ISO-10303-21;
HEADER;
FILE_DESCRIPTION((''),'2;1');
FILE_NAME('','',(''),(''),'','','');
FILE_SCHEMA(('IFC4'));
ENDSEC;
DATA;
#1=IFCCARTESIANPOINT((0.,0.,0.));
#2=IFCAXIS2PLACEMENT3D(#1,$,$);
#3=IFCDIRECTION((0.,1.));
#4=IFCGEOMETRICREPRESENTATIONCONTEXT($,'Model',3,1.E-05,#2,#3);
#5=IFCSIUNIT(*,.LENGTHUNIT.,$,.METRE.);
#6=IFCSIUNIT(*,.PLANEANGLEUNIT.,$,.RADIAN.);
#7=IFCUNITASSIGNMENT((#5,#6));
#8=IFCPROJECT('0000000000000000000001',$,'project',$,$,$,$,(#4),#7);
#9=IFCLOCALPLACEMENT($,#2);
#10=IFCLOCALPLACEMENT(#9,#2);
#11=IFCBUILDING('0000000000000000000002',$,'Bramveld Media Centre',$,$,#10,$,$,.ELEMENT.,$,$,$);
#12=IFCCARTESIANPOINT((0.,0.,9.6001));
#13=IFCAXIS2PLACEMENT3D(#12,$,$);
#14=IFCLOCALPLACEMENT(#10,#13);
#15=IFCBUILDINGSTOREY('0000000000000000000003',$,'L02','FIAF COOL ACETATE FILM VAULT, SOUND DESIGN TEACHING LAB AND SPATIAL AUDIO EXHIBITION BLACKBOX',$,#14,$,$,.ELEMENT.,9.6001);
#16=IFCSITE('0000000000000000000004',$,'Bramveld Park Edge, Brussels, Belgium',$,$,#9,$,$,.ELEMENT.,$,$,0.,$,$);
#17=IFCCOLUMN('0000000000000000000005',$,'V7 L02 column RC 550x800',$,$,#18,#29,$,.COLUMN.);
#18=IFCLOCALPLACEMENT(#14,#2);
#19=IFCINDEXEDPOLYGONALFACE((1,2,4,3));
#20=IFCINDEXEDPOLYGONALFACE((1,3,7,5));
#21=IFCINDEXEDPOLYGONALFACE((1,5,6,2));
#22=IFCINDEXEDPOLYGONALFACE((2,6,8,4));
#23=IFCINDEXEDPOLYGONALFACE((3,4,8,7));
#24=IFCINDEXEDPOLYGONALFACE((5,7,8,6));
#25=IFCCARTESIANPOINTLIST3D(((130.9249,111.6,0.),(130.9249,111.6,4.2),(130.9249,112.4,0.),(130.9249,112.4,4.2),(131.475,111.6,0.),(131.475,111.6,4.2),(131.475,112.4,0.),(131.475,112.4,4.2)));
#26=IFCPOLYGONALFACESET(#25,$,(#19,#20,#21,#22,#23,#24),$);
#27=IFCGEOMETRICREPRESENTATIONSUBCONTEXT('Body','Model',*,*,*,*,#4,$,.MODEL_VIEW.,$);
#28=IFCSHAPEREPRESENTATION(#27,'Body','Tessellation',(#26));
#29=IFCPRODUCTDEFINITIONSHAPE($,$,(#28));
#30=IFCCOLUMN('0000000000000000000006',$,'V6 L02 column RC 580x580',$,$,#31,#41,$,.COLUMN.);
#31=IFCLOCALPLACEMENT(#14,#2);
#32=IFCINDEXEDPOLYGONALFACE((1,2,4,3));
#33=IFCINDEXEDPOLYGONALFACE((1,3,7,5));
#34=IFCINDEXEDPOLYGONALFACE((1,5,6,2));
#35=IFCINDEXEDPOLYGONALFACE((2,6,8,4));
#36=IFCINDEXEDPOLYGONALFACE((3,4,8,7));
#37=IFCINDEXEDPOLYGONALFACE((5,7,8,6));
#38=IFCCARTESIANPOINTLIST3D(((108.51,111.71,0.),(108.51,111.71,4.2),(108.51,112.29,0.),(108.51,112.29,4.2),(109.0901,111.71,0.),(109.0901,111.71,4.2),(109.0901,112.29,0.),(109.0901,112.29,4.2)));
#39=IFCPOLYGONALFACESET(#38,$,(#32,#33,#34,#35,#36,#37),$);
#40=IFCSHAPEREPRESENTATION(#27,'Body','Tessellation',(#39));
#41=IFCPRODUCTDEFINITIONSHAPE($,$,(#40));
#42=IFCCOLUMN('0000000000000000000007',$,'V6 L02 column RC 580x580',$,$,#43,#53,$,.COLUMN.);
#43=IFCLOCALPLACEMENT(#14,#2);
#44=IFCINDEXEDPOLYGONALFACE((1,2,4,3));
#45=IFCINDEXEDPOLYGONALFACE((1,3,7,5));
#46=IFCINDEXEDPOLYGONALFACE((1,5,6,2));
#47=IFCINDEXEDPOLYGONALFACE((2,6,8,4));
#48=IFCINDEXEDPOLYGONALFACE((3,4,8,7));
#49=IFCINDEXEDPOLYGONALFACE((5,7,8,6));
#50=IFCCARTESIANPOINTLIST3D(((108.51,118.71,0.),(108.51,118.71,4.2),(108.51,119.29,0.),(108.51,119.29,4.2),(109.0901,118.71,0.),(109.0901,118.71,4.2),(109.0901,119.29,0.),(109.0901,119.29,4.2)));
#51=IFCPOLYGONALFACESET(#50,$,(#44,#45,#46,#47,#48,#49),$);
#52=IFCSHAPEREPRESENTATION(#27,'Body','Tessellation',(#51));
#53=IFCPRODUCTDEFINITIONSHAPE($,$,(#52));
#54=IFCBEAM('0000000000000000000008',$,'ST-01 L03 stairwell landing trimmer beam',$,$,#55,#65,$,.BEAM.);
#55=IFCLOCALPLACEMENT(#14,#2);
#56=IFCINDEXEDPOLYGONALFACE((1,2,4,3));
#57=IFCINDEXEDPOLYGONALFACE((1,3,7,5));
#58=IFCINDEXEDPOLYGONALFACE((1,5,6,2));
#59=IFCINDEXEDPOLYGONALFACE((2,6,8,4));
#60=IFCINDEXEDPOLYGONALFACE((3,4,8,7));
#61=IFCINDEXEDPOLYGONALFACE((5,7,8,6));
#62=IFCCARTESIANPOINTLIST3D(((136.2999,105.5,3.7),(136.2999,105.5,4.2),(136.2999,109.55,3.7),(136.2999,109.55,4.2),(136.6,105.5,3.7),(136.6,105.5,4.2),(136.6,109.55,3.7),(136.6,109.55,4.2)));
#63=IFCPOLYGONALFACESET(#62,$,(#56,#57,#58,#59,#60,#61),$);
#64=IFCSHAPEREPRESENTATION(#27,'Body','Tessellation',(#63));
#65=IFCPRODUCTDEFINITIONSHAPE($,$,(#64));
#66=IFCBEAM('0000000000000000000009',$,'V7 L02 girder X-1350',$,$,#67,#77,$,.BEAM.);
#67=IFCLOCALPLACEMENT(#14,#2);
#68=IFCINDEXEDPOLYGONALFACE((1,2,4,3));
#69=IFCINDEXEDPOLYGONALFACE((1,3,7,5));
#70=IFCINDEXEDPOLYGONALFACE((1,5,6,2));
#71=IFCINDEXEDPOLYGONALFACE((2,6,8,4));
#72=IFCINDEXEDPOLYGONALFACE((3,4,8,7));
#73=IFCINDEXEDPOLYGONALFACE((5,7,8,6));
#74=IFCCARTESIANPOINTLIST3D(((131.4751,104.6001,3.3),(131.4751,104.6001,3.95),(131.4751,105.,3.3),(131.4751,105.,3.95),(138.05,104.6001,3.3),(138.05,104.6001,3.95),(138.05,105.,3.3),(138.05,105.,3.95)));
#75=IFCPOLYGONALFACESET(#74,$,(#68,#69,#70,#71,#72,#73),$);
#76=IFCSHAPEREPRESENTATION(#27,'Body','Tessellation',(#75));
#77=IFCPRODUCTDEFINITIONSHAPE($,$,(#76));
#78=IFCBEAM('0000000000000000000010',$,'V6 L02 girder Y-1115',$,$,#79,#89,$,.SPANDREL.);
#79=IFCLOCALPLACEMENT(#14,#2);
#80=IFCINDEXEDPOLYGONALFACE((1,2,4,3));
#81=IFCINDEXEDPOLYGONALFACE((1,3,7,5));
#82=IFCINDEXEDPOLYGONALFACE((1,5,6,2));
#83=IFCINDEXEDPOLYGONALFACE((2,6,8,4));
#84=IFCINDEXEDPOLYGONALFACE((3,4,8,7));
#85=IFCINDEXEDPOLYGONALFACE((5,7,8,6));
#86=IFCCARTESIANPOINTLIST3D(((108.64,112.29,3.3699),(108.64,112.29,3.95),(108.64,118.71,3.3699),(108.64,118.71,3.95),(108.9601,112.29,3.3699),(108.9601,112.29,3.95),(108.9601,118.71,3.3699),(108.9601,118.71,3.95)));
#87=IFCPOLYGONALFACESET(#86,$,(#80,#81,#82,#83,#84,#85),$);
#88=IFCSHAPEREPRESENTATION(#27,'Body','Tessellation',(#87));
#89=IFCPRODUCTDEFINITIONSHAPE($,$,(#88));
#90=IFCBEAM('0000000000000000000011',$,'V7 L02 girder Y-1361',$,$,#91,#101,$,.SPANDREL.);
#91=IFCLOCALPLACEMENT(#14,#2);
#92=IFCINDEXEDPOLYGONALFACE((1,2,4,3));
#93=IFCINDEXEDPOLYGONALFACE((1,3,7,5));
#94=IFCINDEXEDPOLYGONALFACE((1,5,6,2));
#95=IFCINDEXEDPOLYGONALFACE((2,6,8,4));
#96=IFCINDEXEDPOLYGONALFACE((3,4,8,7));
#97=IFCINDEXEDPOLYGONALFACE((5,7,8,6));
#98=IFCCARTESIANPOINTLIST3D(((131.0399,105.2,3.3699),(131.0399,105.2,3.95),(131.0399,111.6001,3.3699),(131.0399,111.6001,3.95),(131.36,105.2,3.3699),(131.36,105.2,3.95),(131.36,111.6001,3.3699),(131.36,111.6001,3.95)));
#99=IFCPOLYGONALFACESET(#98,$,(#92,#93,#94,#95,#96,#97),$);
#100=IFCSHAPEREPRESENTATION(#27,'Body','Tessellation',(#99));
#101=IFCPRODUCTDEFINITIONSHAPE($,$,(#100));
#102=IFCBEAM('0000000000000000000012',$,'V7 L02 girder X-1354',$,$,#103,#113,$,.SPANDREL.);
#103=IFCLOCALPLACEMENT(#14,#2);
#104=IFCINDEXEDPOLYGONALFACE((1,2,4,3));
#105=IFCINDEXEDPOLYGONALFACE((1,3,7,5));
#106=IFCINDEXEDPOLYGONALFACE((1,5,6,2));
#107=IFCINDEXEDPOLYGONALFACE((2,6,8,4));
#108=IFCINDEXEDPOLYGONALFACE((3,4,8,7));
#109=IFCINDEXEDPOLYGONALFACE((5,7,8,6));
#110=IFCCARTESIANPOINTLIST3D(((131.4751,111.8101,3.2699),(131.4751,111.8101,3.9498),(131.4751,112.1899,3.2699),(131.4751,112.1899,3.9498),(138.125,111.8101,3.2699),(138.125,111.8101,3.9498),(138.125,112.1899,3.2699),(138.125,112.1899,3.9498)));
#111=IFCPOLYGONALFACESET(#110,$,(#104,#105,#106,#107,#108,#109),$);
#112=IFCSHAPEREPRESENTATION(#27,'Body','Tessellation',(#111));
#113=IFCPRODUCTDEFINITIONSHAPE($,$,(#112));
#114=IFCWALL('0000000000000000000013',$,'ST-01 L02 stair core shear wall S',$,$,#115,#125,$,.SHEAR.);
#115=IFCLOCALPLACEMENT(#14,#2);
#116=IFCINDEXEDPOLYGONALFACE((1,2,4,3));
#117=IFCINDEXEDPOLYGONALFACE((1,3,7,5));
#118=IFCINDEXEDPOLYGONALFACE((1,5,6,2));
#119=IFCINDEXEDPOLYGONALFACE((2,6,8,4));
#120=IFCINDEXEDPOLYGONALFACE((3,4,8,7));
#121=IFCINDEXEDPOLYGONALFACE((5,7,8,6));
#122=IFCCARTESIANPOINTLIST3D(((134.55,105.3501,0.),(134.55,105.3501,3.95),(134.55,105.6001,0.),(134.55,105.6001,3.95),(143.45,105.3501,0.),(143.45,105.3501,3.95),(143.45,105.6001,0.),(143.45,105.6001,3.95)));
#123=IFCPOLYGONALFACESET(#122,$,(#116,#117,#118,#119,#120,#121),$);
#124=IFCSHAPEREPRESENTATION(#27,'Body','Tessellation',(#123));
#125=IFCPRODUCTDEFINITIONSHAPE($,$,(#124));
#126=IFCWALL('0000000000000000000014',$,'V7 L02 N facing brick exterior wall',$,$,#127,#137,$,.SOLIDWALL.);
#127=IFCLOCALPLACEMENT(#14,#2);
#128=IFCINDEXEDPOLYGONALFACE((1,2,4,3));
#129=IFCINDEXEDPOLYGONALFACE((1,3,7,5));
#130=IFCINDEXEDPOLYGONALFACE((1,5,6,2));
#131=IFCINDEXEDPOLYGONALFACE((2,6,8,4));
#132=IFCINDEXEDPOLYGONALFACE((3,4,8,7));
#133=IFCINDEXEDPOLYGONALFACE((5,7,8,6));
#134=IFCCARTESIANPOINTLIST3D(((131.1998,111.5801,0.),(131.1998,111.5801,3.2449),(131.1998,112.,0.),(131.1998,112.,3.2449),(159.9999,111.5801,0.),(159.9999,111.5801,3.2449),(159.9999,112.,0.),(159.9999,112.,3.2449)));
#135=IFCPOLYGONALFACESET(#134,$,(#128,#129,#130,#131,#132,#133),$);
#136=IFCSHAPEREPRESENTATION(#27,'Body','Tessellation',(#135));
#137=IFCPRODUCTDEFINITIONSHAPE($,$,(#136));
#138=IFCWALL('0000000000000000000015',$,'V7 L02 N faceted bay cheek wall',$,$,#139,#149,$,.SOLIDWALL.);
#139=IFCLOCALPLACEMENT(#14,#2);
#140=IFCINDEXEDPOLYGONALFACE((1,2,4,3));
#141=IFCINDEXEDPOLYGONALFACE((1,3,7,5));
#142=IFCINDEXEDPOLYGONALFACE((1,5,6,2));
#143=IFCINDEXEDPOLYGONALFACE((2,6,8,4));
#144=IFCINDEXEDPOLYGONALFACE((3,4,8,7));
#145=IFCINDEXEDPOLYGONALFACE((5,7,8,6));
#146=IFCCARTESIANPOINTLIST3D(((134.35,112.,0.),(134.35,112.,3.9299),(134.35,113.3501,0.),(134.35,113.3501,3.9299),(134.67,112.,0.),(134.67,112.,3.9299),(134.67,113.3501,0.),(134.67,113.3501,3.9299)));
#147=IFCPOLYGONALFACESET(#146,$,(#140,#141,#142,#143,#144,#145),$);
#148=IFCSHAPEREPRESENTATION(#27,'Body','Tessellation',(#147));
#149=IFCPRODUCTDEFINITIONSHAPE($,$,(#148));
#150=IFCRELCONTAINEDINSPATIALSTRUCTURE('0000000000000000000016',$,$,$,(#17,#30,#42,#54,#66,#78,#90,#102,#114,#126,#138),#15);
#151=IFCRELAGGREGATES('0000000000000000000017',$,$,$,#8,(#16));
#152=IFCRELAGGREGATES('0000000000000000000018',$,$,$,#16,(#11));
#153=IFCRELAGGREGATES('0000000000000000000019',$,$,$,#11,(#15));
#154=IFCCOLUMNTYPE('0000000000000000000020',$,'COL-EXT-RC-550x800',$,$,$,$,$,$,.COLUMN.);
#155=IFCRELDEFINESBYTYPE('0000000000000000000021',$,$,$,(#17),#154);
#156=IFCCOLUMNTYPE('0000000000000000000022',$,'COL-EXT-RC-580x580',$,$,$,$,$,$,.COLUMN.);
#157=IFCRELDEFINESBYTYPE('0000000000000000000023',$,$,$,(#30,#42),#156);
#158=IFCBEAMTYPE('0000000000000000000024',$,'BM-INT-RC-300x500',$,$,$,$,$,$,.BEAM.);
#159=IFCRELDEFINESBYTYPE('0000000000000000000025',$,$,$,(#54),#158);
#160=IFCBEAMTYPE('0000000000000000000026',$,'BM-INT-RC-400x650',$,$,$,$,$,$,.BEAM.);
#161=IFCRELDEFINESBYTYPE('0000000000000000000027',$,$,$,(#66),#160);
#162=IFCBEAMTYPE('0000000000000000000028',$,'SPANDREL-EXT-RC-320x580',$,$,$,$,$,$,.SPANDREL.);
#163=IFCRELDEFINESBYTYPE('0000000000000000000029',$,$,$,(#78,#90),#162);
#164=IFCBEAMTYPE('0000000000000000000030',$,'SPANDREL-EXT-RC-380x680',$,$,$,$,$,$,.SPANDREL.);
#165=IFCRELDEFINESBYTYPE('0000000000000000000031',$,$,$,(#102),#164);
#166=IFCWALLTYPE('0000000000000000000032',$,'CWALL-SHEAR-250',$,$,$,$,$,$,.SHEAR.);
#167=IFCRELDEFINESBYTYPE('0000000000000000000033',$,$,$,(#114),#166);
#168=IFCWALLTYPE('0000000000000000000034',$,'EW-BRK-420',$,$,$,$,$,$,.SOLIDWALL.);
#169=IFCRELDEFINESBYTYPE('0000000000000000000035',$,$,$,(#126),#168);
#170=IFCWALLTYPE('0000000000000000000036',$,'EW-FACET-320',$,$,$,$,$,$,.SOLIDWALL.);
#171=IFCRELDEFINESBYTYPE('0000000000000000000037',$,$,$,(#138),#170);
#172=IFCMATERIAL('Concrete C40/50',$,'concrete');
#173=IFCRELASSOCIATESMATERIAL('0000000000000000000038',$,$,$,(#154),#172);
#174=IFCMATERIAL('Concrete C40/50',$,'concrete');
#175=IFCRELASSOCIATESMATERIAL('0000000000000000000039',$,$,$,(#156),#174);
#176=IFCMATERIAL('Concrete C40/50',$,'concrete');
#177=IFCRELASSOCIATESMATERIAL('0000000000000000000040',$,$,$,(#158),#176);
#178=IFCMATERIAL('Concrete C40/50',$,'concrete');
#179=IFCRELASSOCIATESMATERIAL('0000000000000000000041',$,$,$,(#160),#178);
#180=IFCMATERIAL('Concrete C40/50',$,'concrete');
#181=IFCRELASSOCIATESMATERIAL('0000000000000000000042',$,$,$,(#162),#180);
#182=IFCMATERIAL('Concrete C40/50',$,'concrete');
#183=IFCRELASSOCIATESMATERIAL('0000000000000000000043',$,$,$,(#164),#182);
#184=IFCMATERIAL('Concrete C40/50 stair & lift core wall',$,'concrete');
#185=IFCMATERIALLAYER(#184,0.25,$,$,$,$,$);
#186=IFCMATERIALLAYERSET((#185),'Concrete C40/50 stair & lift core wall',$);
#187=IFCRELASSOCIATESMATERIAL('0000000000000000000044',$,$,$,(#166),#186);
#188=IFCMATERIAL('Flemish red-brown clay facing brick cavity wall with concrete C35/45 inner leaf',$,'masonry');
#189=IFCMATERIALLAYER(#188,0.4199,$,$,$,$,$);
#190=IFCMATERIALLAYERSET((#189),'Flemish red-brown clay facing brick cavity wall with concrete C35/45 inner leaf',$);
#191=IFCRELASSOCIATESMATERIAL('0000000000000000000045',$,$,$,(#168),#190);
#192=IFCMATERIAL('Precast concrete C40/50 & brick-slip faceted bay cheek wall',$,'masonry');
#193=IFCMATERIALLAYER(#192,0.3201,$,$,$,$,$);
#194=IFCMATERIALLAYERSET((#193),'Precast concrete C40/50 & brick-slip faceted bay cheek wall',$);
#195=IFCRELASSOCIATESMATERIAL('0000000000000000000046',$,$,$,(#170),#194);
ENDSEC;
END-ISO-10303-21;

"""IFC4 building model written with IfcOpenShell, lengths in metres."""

from ifc_helpers import new_model, si_unit, direction, frame, frame_2d, origin, origin_2d, place, context, subcontext, project, spatial, rectangle, extrude, material, layer, layer_set, material_profile, profile_set, type_object, element, save


model = new_model("IFC4")

# Units and contexts
model_context = context("Model", 3, precision=1e-05, world=origin(), true_north=direction((0.0, 1.0)))
body_context = subcontext(model_context, "Body", "Model", "MODEL_VIEW")
ifc_project = project(units=[si_unit("LENGTHUNIT", "METRE"), si_unit("PLANEANGLEUNIT", "RADIAN")], contexts=[model_context])

# Site, building, storey
site_placement = place(None, origin())
site = spatial("IfcSite", under=ifc_project, at=site_placement, Name="Bramveld Park Edge, Brussels, Belgium", CompositionType="ELEMENT", RefElevation=0.0)
building_placement = place(site_placement, origin())
building = spatial("IfcBuilding", under=site, at=building_placement, Name="Bramveld Media Centre", CompositionType="ELEMENT")
storey_placement = place(building_placement, frame((0.0, 0.0, 9.6001)))
storey = spatial("IfcBuildingStorey", under=building, at=storey_placement, Name="L02", Description="FIAF COOL ACETATE FILM VAULT, SOUND DESIGN TEACHING LAB AND SPATIAL AUDIO EXHIBITION BLACKBOX", CompositionType="ELEMENT", Elevation=9.6001)

# Columns
ifc_material_1 = material(Name="Concrete C40/50", Category="concrete")
ifc_material_profile_1 = material_profile(ifc_material_1, rectangle(XDim=0.55, YDim=0.8, at=origin_2d()), Name="RC 550x800")
ifc_profile_set_1 = profile_set([ifc_material_profile_1], Name="Concrete C40/50")
column_type_1 = type_object("IfcColumnType", Name="COL-EXT-RC-550x800", PredefinedType="COLUMN", material=ifc_profile_set_1)
column_placement = place(storey_placement, frame((131.2, 112.0, 0.0), z_axis=(0.0, 0.0, 1.0), x_axis=(1.0, 0.0, 0.0)))
element("IfcColumn", 1, at=column_placement, inside=storey, type_object=column_type_1, Name="V7 L02 column RC 550x800", PredefinedType="COLUMN", context=body_context, shape_type="SweptSolid", body=[
    extrude(rectangle(XDim=0.55, YDim=0.8, at=origin_2d()), origin(), (0.0, 0.0, 1.0), 4.2),
])
ifc_material_2 = material(Name="Concrete C40/50", Category="concrete")
ifc_material_profile_2 = material_profile(ifc_material_2, rectangle(XDim=0.5801, YDim=0.5801, at=origin_2d()), Name="RC 580x580")
ifc_profile_set_2 = profile_set([ifc_material_profile_2], Name="Concrete C40/50")
column_type_2 = type_object("IfcColumnType", Name="COL-EXT-RC-580x580", PredefinedType="COLUMN", material=ifc_profile_set_2)
for number, where, z_axis, x_axis, name in (
    (2, (108.8, 112.0, 0.0), (0.0, 0.0, 1.0), (1.0, 0.0, 0.0), "V6 L02 column RC 580x580"),
    (3, (108.8, 119.0, 0.0), (0.0, 0.0, 1.0), (1.0, 0.0, 0.0), "V6 L02 column RC 580x580"),
):
    element("IfcColumn", number, at=place(storey_placement, frame(where, z_axis=z_axis, x_axis=x_axis)), inside=storey, type_object=column_type_2, Name=name, PredefinedType="COLUMN", context=body_context, shape_type="SweptSolid", body=[
        extrude(rectangle(XDim=0.5801, YDim=0.5801, at=origin_2d()), origin(), (0.0, 0.0, 1.0), 4.2),
    ])

# Beams
ifc_material_3 = material(Name="Concrete C40/50", Category="concrete")
ifc_material_profile_3 = material_profile(ifc_material_3, rectangle(XDim=0.3, YDim=0.5, at=origin_2d()), Name="RC 300x500")
ifc_profile_set_3 = profile_set([ifc_material_profile_3], Name="Concrete C40/50")
beam_type_1 = type_object("IfcBeamType", Name="BM-INT-RC-300x500", PredefinedType="BEAM", material=ifc_profile_set_3)
beam_1_placement = place(storey_placement, frame((136.45, 105.5, 3.95), z_axis=(0.0, 1.0, 0.0), x_axis=(-1.0, 0.0, 0.0)))
element("IfcBeam", 4, at=beam_1_placement, inside=storey, type_object=beam_type_1, Name="ST-01 L03 stairwell landing trimmer beam", PredefinedType="BEAM", context=body_context, shape_type="SweptSolid", body=[
    extrude(rectangle(XDim=0.3, YDim=0.5, at=origin_2d()), origin(), (0.0, 0.0, 1.0), 4.05),
])
ifc_material_4 = material(Name="Concrete C40/50", Category="concrete")
ifc_material_profile_4 = material_profile(ifc_material_4, rectangle(XDim=0.3999, YDim=0.6499, at=origin_2d()), Name="RC 400x650")
ifc_profile_set_4 = profile_set([ifc_material_profile_4], Name="Concrete C40/50")
beam_type_2 = type_object("IfcBeamType", Name="BM-INT-RC-400x650", PredefinedType="BEAM", material=ifc_profile_set_4)
beam_2_placement = place(storey_placement, frame((131.4751, 104.8, 3.625), z_axis=(1.0, 0.0, 0.0), x_axis=(0.0, 1.0, 0.0)))
element("IfcBeam", 5, at=beam_2_placement, inside=storey, type_object=beam_type_2, Name="V7 L02 girder X-1350", PredefinedType="BEAM", context=body_context, shape_type="SweptSolid", body=[
    extrude(rectangle(XDim=0.3999, YDim=0.6499, at=origin_2d()), origin(), (0.0, 0.0, 1.0), 6.575),
])
ifc_material_5 = material(Name="Concrete C40/50", Category="concrete")
ifc_material_profile_5 = material_profile(ifc_material_5, rectangle(XDim=0.3201, YDim=0.5801, at=origin_2d()), Name="RC 320x580")
ifc_profile_set_5 = profile_set([ifc_material_profile_5], Name="Concrete C40/50")
beam_type_3 = type_object("IfcBeamType", Name="SPANDREL-EXT-RC-320x580", PredefinedType="SPANDREL", material=ifc_profile_set_5)
beam_3_placement = place(storey_placement, frame((108.8, 112.29, 3.6599), z_axis=(0.0, 1.0, 0.0), x_axis=(-1.0, 0.0, 0.0)))
element("IfcBeam", 6, at=beam_3_placement, inside=storey, type_object=beam_type_3, Name="V6 L02 girder Y-1115", PredefinedType="SPANDREL", context=body_context, shape_type="SweptSolid", body=[
    extrude(rectangle(XDim=0.3201, YDim=0.5801, at=origin_2d()), origin(), (0.0, 0.0, 1.0), 6.4199),
])
beam_4_placement = place(storey_placement, frame((131.2, 105.2, 3.6599), z_axis=(0.0, 1.0, 0.0), x_axis=(-1.0, 0.0, 0.0)))
element("IfcBeam", 7, at=beam_4_placement, inside=storey, type_object=beam_type_3, Name="V7 L02 girder Y-1361", PredefinedType="SPANDREL", context=body_context, shape_type="SweptSolid", body=[
    extrude(rectangle(XDim=0.3201, YDim=0.5801, at=origin_2d()), origin(), (0.0, 0.0, 1.0), 6.4001),
])
ifc_material_6 = material(Name="Concrete C40/50", Category="concrete")
ifc_material_profile_6 = material_profile(ifc_material_6, rectangle(XDim=0.3799, YDim=0.6799, at=origin_2d()), Name="RC 380x680")
ifc_profile_set_6 = profile_set([ifc_material_profile_6], Name="Concrete C40/50")
beam_type_4 = type_object("IfcBeamType", Name="SPANDREL-EXT-RC-380x680", PredefinedType="SPANDREL", material=ifc_profile_set_6)
beam_5_placement = place(storey_placement, frame((131.4751, 112.0, 3.6099), z_axis=(1.0, 0.0, 0.0), x_axis=(0.0, 1.0, 0.0)))
element("IfcBeam", 8, at=beam_5_placement, inside=storey, type_object=beam_type_4, Name="V7 L02 girder X-1354", PredefinedType="SPANDREL", context=body_context, shape_type="SweptSolid", body=[
    extrude(rectangle(XDim=0.3799, YDim=0.6799, at=origin_2d()), origin(), (0.0, 0.0, 1.0), 6.6499),
])

# Wall
ifc_material_7 = material(Name="Concrete C40/50 stair & lift core wall", Category="concrete")
ifc_layer_1 = layer(ifc_material_7, 0.25)
ifc_layer_set_1 = layer_set([ifc_layer_1], Name="Concrete C40/50 stair & lift core wall")
wall_type_1 = type_object("IfcWallType", Name="CWALL-SHEAR-250", PredefinedType="SHEAR", material=ifc_layer_set_1)
wall_1_placement = place(storey_placement, frame((134.55, 105.4751, 0.0), z_axis=(0.0, 0.0, 1.0), x_axis=(1.0, 0.0, 0.0)))
element("IfcWall", 9, at=wall_1_placement, inside=storey, type_object=wall_type_1, Name="ST-01 L02 stair core shear wall S", PredefinedType="SHEAR", context=body_context, shape_type="SweptSolid", body=[
    extrude(rectangle(XDim=8.8999, YDim=0.25, at=frame_2d((4.45, 0.0))), origin(), (0.0, 0.0, 1.0), 3.95),
])

# Walls
ifc_material_8 = material(Name="Flemish red-brown clay facing brick cavity wall with concrete C35/45 inner leaf", Category="masonry")
ifc_layer_2 = layer(ifc_material_8, 0.4199)
ifc_layer_set_2 = layer_set([ifc_layer_2], Name="Flemish red-brown clay facing brick cavity wall with concrete C35/45 inner leaf")
wall_type_2 = type_object("IfcWallType", Name="EW-BRK-420", PredefinedType="SOLIDWALL", material=ifc_layer_set_2)
wall_2_placement = place(storey_placement, frame((131.2, 111.79, 0.0), z_axis=(0.0, 0.0, 1.0), x_axis=(1.0, 0.0, 0.0)))
element("IfcWall", 10, at=wall_2_placement, inside=storey, type_object=wall_type_2, Name="V7 L02 N facing brick exterior wall", PredefinedType="SOLIDWALL", context=body_context, shape_type="SweptSolid", body=[
    extrude(rectangle(XDim=28.8, YDim=0.4199, at=frame_2d((14.3999, 0.0))), origin(), (0.0, 0.0, 1.0), 3.2449),
])
ifc_material_9 = material(Name="Precast concrete C40/50 & brick-slip faceted bay cheek wall", Category="masonry")
ifc_layer_3 = layer(ifc_material_9, 0.3201)
ifc_layer_set_3 = layer_set([ifc_layer_3], Name="Precast concrete C40/50 & brick-slip faceted bay cheek wall")
wall_type_3 = type_object("IfcWallType", Name="EW-FACET-320", PredefinedType="SOLIDWALL", material=ifc_layer_set_3)
wall_3_placement = place(storey_placement, frame((134.51, 112.0, 0.0), z_axis=(0.0, 0.0, 1.0), x_axis=(0.0, 1.0, 0.0)))
element("IfcWall", 11, at=wall_3_placement, inside=storey, type_object=wall_type_3, Name="V7 L02 N faceted bay cheek wall", PredefinedType="SOLIDWALL", context=body_context, shape_type="SweptSolid", body=[
    extrude(rectangle(XDim=1.3501, YDim=0.3201, at=frame_2d((0.675, 0.0))), origin(), (0.0, 0.0, 1.0), 3.9299),
])

save(model, "model.ifc")
